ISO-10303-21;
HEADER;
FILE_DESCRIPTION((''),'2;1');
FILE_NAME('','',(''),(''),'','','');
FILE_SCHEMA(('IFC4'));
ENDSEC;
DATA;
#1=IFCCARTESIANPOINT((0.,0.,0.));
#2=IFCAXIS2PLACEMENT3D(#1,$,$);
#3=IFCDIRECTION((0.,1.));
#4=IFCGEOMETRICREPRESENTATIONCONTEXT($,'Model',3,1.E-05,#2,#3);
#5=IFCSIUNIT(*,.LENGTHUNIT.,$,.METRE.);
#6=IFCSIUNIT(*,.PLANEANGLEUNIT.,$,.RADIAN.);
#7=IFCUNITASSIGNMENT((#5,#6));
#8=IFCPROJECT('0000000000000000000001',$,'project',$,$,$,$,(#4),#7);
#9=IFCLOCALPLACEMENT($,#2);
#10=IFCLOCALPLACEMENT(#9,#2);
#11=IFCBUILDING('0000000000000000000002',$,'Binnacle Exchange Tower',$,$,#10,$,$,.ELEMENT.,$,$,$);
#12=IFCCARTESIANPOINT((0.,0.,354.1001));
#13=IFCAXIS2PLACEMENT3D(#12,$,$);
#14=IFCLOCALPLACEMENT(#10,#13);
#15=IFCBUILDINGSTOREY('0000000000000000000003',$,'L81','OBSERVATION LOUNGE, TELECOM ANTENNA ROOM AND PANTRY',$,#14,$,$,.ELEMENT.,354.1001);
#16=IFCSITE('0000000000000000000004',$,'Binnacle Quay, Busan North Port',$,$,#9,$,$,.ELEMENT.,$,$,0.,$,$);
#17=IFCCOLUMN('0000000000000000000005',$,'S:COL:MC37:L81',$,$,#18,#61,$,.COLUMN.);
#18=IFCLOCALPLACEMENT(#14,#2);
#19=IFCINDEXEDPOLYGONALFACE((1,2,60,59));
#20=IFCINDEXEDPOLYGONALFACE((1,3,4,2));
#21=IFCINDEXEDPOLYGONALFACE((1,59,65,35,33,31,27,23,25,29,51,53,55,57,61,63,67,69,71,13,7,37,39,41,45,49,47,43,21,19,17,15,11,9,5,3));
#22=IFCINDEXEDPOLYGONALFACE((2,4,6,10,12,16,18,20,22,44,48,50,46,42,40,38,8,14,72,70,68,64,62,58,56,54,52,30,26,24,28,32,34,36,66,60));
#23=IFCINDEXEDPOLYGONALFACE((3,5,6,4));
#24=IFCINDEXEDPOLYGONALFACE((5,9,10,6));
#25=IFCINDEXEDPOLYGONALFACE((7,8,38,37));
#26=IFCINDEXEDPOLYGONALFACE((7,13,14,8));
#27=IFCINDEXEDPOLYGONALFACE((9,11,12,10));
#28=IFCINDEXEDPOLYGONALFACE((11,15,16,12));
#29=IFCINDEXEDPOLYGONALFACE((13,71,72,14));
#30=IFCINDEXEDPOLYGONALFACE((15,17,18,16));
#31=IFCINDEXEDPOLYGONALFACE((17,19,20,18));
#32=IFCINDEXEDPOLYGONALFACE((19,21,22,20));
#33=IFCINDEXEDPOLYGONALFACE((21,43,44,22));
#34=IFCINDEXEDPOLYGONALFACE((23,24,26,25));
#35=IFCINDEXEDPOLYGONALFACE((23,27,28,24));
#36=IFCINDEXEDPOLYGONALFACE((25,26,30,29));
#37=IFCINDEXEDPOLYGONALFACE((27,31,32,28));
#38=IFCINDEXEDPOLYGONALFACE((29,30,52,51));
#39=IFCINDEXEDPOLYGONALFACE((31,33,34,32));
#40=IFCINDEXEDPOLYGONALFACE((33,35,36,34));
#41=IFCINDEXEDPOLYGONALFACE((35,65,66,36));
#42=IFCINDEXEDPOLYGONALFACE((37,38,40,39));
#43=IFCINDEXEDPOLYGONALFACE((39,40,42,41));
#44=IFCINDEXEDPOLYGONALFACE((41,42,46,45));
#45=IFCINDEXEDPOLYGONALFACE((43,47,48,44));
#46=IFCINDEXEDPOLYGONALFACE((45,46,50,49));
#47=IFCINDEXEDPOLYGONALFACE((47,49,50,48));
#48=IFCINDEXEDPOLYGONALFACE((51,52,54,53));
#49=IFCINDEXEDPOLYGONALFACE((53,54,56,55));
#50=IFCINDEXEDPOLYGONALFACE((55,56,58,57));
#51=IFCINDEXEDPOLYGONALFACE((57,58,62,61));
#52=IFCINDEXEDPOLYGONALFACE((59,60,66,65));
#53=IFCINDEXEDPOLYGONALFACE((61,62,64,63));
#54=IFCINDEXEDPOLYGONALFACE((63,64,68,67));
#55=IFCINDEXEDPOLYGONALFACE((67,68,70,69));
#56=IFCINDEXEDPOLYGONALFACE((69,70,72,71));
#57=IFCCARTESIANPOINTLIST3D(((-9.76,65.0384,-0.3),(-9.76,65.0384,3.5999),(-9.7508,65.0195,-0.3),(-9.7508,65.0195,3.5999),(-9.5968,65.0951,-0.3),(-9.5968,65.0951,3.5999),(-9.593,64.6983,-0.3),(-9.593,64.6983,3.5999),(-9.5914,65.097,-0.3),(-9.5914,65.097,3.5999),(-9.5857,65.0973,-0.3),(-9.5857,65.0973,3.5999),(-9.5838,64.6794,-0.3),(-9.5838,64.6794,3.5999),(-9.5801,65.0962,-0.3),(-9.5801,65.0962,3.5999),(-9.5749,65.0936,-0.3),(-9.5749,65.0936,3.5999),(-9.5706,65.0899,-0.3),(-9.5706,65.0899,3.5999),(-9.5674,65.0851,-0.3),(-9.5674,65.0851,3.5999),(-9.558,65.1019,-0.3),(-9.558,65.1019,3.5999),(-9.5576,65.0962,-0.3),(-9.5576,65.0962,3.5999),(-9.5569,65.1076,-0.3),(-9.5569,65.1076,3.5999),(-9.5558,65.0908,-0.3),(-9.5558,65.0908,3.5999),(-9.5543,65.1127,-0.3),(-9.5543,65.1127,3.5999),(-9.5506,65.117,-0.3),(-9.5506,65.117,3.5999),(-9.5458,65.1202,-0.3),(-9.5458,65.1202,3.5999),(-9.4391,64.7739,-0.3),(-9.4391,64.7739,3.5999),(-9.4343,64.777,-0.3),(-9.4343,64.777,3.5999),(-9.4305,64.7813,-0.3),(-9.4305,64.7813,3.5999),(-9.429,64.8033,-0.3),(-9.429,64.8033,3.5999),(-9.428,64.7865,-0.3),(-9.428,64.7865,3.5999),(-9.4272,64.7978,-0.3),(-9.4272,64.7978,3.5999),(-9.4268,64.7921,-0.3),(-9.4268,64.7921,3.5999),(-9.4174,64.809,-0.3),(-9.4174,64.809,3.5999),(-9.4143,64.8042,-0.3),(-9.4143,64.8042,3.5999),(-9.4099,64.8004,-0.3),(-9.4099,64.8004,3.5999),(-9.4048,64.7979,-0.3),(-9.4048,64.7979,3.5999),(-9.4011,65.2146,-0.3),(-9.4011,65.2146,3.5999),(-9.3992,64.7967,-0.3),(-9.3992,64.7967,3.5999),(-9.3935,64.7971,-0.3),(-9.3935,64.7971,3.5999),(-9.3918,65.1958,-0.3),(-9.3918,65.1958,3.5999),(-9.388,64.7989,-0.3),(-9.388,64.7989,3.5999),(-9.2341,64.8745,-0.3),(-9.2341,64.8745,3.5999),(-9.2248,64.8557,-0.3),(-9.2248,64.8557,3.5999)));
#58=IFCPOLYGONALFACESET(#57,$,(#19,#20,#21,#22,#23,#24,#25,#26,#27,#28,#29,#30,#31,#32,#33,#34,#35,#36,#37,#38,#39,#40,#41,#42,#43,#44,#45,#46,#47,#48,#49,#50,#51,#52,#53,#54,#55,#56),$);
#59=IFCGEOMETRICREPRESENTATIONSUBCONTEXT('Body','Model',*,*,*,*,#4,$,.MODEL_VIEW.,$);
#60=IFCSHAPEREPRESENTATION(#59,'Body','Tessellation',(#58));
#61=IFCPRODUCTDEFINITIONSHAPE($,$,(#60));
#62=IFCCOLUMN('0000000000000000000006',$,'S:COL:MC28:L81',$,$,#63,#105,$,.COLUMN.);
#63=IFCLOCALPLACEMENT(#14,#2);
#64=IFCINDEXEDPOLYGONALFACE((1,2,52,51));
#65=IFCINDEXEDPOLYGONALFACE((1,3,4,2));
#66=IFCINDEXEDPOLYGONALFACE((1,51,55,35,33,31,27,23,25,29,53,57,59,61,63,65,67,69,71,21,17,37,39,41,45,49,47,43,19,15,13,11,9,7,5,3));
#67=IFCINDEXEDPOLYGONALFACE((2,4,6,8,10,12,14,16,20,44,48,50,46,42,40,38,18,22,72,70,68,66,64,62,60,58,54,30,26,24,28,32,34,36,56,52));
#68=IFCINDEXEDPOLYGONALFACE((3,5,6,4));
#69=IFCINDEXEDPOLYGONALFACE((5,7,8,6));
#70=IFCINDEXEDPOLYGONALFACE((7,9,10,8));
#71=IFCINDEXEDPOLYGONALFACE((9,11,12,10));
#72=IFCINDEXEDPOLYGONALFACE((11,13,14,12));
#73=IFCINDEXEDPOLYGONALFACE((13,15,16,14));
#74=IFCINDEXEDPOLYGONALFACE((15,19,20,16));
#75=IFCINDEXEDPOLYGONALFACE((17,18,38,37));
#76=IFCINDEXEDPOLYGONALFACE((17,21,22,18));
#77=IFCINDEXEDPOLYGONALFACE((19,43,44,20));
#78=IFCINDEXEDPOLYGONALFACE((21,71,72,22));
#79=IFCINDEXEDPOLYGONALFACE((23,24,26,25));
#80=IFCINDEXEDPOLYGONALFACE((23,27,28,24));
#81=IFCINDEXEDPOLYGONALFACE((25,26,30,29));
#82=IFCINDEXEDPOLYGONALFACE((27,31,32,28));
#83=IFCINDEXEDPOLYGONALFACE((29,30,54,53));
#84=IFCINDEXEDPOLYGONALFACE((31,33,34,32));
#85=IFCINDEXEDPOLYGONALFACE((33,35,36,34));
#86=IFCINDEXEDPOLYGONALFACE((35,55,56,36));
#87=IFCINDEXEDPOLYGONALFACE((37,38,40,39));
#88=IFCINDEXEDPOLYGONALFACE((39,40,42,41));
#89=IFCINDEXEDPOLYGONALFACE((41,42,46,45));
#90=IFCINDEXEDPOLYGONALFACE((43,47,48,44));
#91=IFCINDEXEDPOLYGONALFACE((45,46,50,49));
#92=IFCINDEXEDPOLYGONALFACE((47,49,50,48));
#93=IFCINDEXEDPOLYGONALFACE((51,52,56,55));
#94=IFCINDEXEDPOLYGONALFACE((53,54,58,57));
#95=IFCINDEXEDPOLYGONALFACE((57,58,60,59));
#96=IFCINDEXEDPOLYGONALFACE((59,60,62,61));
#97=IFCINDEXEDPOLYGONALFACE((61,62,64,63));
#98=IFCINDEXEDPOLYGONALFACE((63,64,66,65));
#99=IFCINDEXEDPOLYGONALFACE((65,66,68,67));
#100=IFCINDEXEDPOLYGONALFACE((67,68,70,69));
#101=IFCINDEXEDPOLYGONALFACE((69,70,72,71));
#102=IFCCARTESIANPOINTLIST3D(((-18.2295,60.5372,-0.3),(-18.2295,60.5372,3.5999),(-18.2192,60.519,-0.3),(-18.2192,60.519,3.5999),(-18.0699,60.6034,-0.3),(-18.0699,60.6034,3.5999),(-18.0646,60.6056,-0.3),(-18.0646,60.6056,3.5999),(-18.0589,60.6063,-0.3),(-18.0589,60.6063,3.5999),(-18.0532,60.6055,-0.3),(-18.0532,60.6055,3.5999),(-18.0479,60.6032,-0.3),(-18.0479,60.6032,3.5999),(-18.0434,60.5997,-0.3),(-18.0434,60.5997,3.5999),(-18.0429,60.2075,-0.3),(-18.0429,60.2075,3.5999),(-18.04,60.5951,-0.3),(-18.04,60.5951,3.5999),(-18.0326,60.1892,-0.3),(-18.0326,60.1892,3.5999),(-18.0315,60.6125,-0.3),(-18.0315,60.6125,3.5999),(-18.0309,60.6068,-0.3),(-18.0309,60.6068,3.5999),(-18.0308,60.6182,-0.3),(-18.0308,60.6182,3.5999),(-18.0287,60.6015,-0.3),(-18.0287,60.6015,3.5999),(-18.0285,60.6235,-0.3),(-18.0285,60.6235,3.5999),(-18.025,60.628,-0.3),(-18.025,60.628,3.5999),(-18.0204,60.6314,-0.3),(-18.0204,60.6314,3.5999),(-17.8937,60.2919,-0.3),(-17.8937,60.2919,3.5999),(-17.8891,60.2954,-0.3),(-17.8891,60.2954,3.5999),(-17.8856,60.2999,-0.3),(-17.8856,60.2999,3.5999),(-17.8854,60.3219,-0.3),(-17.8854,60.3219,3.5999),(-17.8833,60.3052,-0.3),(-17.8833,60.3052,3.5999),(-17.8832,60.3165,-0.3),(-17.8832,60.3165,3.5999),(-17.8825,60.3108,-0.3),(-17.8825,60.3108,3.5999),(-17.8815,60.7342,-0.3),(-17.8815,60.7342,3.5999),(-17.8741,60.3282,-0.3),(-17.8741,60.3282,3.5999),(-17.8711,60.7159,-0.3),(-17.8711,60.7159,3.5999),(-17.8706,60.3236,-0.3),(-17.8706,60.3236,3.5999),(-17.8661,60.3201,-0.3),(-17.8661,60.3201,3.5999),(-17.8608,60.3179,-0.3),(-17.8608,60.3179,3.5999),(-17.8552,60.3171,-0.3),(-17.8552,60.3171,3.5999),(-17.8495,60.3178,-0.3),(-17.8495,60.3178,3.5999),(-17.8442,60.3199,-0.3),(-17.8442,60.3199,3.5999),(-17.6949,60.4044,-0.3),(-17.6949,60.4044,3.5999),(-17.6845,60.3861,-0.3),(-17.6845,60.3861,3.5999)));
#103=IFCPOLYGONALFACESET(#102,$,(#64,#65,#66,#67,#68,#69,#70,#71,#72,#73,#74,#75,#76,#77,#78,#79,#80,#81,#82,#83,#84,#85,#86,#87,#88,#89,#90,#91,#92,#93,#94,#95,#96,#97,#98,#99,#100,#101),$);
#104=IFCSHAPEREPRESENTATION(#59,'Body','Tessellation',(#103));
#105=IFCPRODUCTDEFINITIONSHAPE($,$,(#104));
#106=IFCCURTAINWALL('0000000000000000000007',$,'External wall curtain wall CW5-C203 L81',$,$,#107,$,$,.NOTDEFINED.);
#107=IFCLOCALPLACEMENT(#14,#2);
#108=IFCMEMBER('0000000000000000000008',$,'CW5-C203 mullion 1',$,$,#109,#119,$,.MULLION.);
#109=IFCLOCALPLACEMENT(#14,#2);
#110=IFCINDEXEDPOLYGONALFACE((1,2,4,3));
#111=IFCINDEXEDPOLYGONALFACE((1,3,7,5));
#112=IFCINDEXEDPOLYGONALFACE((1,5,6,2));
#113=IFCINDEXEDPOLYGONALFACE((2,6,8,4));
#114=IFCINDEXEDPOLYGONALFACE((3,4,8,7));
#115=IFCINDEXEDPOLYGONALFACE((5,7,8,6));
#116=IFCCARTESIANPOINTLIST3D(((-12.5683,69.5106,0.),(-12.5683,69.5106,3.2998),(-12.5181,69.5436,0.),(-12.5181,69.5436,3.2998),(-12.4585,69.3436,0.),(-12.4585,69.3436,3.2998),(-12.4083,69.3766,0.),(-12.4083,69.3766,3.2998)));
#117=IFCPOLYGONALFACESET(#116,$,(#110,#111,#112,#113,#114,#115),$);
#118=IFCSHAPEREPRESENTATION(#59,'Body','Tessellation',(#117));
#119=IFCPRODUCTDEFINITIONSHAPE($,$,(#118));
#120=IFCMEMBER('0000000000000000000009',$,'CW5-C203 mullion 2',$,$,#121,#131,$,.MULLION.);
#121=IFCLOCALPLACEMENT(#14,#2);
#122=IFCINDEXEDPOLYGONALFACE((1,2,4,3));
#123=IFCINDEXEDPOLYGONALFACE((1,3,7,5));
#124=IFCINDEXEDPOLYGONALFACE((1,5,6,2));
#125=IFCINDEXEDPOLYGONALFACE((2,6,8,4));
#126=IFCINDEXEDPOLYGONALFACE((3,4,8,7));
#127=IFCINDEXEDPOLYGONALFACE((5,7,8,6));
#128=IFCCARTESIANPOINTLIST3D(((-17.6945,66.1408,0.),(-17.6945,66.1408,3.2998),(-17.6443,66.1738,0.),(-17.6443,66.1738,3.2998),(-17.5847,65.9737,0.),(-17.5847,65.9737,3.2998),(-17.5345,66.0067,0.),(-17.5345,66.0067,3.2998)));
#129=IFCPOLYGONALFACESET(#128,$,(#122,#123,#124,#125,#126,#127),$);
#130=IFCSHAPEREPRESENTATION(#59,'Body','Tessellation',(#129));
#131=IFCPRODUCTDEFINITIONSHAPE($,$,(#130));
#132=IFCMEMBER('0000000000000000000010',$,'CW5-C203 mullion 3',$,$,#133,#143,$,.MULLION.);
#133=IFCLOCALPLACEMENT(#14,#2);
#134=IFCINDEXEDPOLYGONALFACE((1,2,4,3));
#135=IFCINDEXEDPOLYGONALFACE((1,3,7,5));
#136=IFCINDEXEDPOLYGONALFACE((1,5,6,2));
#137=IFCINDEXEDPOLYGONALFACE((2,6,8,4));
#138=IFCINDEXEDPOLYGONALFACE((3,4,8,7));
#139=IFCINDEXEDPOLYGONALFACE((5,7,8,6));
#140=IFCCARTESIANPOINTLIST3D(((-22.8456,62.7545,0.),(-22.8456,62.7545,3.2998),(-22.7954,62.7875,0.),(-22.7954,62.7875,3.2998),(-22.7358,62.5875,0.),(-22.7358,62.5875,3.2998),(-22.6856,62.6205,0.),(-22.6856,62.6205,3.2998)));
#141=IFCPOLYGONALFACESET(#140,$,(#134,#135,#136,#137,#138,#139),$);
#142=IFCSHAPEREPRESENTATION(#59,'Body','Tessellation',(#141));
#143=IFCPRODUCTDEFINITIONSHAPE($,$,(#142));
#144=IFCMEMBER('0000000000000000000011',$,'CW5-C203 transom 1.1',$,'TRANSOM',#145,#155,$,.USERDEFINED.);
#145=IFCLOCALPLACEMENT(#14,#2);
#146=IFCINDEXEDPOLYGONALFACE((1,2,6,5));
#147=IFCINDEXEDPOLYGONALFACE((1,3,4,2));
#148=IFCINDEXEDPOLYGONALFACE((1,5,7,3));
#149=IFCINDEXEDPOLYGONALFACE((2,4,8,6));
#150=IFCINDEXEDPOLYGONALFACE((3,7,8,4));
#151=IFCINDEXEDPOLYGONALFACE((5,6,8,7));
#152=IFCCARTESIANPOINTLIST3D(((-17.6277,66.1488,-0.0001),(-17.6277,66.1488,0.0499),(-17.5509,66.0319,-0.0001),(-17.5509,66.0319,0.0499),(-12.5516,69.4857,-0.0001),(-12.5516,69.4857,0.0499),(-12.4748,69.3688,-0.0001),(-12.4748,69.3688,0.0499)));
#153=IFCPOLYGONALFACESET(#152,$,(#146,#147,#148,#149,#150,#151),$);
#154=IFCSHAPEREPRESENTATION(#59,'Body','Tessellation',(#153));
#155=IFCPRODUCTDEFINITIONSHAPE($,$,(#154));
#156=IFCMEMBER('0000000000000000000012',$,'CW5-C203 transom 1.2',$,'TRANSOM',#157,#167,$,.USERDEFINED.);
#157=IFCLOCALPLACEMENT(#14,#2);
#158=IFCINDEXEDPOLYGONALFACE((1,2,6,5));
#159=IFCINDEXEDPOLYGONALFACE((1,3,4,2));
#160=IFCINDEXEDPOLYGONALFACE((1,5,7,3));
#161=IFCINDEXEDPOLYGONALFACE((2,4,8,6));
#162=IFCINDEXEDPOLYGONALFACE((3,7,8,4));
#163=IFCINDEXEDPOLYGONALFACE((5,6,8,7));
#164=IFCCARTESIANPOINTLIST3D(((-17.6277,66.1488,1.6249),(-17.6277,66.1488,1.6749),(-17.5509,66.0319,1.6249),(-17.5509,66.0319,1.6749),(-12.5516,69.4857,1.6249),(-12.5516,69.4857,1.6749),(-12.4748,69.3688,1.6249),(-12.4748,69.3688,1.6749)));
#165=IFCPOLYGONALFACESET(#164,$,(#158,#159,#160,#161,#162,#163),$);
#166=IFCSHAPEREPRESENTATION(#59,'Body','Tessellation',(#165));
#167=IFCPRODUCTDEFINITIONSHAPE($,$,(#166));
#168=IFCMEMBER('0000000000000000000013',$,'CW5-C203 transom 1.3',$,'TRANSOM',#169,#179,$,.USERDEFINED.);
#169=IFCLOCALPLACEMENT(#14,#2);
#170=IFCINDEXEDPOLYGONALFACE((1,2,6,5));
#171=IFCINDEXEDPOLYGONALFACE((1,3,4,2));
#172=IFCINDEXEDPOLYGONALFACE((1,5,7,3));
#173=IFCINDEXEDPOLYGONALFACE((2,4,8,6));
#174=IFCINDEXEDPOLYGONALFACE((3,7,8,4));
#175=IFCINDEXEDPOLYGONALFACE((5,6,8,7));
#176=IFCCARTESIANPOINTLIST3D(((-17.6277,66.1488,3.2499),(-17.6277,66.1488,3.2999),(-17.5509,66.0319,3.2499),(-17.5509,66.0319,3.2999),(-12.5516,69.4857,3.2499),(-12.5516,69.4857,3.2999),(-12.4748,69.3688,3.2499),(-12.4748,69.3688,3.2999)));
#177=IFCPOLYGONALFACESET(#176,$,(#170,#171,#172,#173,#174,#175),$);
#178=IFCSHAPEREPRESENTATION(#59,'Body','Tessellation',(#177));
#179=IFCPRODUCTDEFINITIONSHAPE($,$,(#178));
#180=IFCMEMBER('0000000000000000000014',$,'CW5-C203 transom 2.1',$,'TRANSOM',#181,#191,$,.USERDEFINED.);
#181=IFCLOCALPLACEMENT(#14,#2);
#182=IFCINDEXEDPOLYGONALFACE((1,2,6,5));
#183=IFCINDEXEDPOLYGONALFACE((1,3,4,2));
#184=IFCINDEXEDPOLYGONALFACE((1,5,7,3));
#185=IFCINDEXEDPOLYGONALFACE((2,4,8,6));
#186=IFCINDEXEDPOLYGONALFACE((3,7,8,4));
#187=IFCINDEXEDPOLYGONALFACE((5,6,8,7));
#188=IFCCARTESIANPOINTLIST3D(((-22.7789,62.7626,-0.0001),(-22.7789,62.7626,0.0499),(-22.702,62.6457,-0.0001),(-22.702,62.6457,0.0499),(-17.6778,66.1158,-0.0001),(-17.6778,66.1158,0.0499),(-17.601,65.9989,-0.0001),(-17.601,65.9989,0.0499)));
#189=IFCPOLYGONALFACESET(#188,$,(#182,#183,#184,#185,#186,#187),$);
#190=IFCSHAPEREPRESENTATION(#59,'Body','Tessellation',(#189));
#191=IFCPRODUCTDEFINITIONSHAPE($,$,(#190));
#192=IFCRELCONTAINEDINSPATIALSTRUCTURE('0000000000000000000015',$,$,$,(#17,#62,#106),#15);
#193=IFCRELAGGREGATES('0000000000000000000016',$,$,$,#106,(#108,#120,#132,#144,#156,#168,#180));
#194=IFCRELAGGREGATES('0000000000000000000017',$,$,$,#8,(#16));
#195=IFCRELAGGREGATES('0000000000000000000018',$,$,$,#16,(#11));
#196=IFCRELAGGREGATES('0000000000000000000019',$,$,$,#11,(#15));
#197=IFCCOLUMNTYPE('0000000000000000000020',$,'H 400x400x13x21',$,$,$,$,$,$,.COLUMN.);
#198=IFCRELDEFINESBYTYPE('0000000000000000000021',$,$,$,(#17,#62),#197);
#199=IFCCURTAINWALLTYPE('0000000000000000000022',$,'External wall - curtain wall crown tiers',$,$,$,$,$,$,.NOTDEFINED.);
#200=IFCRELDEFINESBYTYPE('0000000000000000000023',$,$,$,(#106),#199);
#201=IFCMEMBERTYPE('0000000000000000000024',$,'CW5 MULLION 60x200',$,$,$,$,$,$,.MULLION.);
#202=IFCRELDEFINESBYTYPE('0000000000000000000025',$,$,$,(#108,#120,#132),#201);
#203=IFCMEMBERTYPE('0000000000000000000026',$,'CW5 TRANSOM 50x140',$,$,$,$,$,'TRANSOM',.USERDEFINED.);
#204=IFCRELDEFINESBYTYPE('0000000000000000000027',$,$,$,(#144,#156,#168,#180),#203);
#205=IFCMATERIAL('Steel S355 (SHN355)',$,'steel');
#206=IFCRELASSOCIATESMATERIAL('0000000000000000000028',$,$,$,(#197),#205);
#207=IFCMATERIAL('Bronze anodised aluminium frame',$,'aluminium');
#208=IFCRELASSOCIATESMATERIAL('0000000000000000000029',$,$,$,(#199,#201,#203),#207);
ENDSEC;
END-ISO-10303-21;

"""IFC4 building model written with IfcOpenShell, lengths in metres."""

from ifc_helpers import new_model, si_unit, direction, frame, origin, origin_2d, place, context, subcontext, project, spatial, rectangle, i_section, extrude, material, material_profile, profile_set, type_object, element, aggregate, save


model = new_model("IFC4")

# Units and contexts
model_context = context("Model", 3, precision=1e-05, world=origin(), true_north=direction((0.0, 1.0)))
body_context = subcontext(model_context, "Body", "Model", "MODEL_VIEW")
ifc_project = project(units=[si_unit("LENGTHUNIT", "METRE"), si_unit("PLANEANGLEUNIT", "RADIAN")], contexts=[model_context])

# Site, building, storey
site_placement = place(None, origin())
site = spatial("IfcSite", under=ifc_project, at=site_placement, Name="Binnacle Quay, Busan North Port", CompositionType="ELEMENT", RefElevation=0.0)
building_placement = place(site_placement, origin())
building = spatial("IfcBuilding", under=site, at=building_placement, Name="Binnacle Exchange Tower", CompositionType="ELEMENT")
storey_placement = place(building_placement, frame((0.0, 0.0, 354.1001)))
storey = spatial("IfcBuildingStorey", under=building, at=storey_placement, Name="L81", Description="OBSERVATION LOUNGE, TELECOM ANTENNA ROOM AND PANTRY", CompositionType="ELEMENT", Elevation=354.1001)

# Columns
ifc_material_1 = material(Name="Steel S355 (SHN355)", Category="steel")
ifc_material_profile_1 = material_profile(ifc_material_1, i_section(OverallWidth=0.3999, OverallDepth=0.3999, WebThickness=0.0129, FlangeThickness=0.021, FilletRadius=0.022, at=origin_2d()), Name="H 400x400x13x21")
ifc_profile_set_1 = profile_set([ifc_material_profile_1], Name="Steel S355 (SHN355)")
column_type = type_object("IfcColumnType", Name="H 400x400x13x21", PredefinedType="COLUMN", material=ifc_profile_set_1)
for number, where, z_axis, x_axis, name in (
    (1, (-9.4924, 64.947, -0.3), (0.0, 0.0, 1.0), (-0.897628, -0.440754, 0.0), "S:COL:MC37:L81"),
    (2, (-17.957, 60.4617, -0.3), (0.0, 0.0, 1.0), (0.870356, 0.492424, 0.0), "S:COL:MC28:L81"),
):
    element("IfcColumn", number, at=place(storey_placement, frame(where, z_axis=z_axis, x_axis=x_axis)), inside=storey, type_object=column_type, Name=name, PredefinedType="COLUMN", context=body_context, shape_type="SweptSolid", body=[
        extrude(i_section(OverallWidth=0.3999, OverallDepth=0.3999, WebThickness=0.0129, FlangeThickness=0.021, FilletRadius=0.022, at=origin_2d()), origin(), (0.0, 0.0, 1.0), 3.8999),
    ])

# Curtain wall, members
ifc_material_2 = material(Name="Bronze anodised aluminium frame", Category="aluminium")
curtain_wall_type = type_object("IfcCurtainWallType", Name="External wall - curtain wall crown tiers", PredefinedType="NOTDEFINED", material=ifc_material_2)
curtain_wall_placement = place(storey_placement, origin())
curtain_wall = element("IfcCurtainWall", 3, at=curtain_wall_placement, inside=storey, type_object=curtain_wall_type, Name="External wall curtain wall CW5-C203 L81", PredefinedType="NOTDEFINED")
ifc_material_profile_2 = material_profile(ifc_material_2, rectangle(XDim=0.2, YDim=0.0601, at=origin_2d()), Name="AL 60x200")
ifc_profile_set_2 = profile_set([ifc_material_profile_2], Name="Bronze anodised aluminium frame")
member_type_1 = type_object("IfcMemberType", Name="CW5 MULLION 60x200", PredefinedType="MULLION", material=ifc_profile_set_2)
member_1_placement = place(storey_placement, frame((-12.4883, 69.4436, 0.0), z_axis=(0.0, 0.0, 1.0), x_axis=(0.54931, -0.835618, 0.0)))
member_1 = element("IfcMember", 4, at=member_1_placement, type_object=member_type_1, Name="CW5-C203 mullion 1", PredefinedType="MULLION", context=body_context, shape_type="SweptSolid", body=[
    extrude(rectangle(XDim=0.2, YDim=0.0601, at=origin_2d()), origin(), (0.0, 0.0, 1.0), 3.2998),
])
member_2_placement = place(storey_placement, frame((-17.6145, 66.0737, 0.0), z_axis=(0.0, 0.0, 1.0), x_axis=(0.54931, -0.835618, 0.0)))
member_2 = element("IfcMember", 5, at=member_2_placement, type_object=member_type_1, Name="CW5-C203 mullion 2", PredefinedType="MULLION", context=body_context, shape_type="SweptSolid", body=[
    extrude(rectangle(XDim=0.2, YDim=0.0601, at=origin_2d()), origin(), (0.0, 0.0, 1.0), 3.2998),
])
member_3_placement = place(storey_placement, frame((-22.7656, 62.6875, 0.0), z_axis=(0.0, 0.0, 1.0), x_axis=(0.54931, -0.835618, 0.0)))
member_3 = element("IfcMember", 6, at=member_3_placement, type_object=member_type_1, Name="CW5-C203 mullion 3", PredefinedType="MULLION", context=body_context, shape_type="SweptSolid", body=[
    extrude(rectangle(XDim=0.2, YDim=0.0601, at=origin_2d()), origin(), (0.0, 0.0, 1.0), 3.2998),
])
ifc_material_profile_3 = material_profile(ifc_material_2, rectangle(XDim=0.1399, YDim=0.05, at=origin_2d()), Name="AL 140x50")
ifc_profile_set_3 = profile_set([ifc_material_profile_3], Name="Bronze anodised aluminium frame")
member_type_2 = type_object("IfcMemberType", Name="CW5 TRANSOM 50x140", ElementType="TRANSOM", PredefinedType="USERDEFINED", material=ifc_profile_set_3)
member_4_placement = place(storey_placement, frame((-12.5132, 69.4272, 0.0249), z_axis=(-0.835619, -0.549309, 0.0), x_axis=(0.549309, -0.835619, 0.0)))
member_4 = element("IfcMember", 7, at=member_4_placement, type_object=member_type_2, Name="CW5-C203 transom 1.1", ObjectType="TRANSOM", PredefinedType="USERDEFINED", context=body_context, shape_type="SweptSolid", body=[
    extrude(rectangle(XDim=0.1399, YDim=0.05, at=origin_2d()), origin(), (0.0, 0.0, 1.0), 6.0747),
])
member_5_placement = place(storey_placement, frame((-12.5132, 69.4272, 1.6499), z_axis=(-0.835619, -0.549309, 0.0), x_axis=(0.549309, -0.835619, 0.0)))
member_5 = element("IfcMember", 8, at=member_5_placement, type_object=member_type_2, Name="CW5-C203 transom 1.2", ObjectType="TRANSOM", PredefinedType="USERDEFINED", context=body_context, shape_type="SweptSolid", body=[
    extrude(rectangle(XDim=0.1399, YDim=0.05, at=origin_2d()), origin(), (0.0, 0.0, 1.0), 6.0747),
])
member_6_placement = place(storey_placement, frame((-12.5132, 69.4272, 3.2749), z_axis=(-0.835619, -0.549309, 0.0), x_axis=(0.549309, -0.835619, 0.0)))
member_6 = element("IfcMember", 9, at=member_6_placement, type_object=member_type_2, Name="CW5-C203 transom 1.3", ObjectType="TRANSOM", PredefinedType="USERDEFINED", context=body_context, shape_type="SweptSolid", body=[
    extrude(rectangle(XDim=0.1399, YDim=0.05, at=origin_2d()), origin(), (0.0, 0.0, 1.0), 6.0747),
])
member_7_placement = place(storey_placement, frame((-17.6394, 66.0574, 0.0249), z_axis=(-0.83562, -0.549308, 0.0), x_axis=(0.549308, -0.83562, 0.0)))
member_7 = element("IfcMember", 10, at=member_7_placement, type_object=member_type_2, Name="CW5-C203 transom 2.1", ObjectType="TRANSOM", PredefinedType="USERDEFINED", context=body_context, shape_type="SweptSolid", body=[
    extrude(rectangle(XDim=0.1399, YDim=0.05, at=origin_2d()), origin(), (0.0, 0.0, 1.0), 6.1045),
])

aggregate(curtain_wall, [member_1, member_2, member_3, member_4, member_5, member_6, member_7])

save(model, "model.ifc")
